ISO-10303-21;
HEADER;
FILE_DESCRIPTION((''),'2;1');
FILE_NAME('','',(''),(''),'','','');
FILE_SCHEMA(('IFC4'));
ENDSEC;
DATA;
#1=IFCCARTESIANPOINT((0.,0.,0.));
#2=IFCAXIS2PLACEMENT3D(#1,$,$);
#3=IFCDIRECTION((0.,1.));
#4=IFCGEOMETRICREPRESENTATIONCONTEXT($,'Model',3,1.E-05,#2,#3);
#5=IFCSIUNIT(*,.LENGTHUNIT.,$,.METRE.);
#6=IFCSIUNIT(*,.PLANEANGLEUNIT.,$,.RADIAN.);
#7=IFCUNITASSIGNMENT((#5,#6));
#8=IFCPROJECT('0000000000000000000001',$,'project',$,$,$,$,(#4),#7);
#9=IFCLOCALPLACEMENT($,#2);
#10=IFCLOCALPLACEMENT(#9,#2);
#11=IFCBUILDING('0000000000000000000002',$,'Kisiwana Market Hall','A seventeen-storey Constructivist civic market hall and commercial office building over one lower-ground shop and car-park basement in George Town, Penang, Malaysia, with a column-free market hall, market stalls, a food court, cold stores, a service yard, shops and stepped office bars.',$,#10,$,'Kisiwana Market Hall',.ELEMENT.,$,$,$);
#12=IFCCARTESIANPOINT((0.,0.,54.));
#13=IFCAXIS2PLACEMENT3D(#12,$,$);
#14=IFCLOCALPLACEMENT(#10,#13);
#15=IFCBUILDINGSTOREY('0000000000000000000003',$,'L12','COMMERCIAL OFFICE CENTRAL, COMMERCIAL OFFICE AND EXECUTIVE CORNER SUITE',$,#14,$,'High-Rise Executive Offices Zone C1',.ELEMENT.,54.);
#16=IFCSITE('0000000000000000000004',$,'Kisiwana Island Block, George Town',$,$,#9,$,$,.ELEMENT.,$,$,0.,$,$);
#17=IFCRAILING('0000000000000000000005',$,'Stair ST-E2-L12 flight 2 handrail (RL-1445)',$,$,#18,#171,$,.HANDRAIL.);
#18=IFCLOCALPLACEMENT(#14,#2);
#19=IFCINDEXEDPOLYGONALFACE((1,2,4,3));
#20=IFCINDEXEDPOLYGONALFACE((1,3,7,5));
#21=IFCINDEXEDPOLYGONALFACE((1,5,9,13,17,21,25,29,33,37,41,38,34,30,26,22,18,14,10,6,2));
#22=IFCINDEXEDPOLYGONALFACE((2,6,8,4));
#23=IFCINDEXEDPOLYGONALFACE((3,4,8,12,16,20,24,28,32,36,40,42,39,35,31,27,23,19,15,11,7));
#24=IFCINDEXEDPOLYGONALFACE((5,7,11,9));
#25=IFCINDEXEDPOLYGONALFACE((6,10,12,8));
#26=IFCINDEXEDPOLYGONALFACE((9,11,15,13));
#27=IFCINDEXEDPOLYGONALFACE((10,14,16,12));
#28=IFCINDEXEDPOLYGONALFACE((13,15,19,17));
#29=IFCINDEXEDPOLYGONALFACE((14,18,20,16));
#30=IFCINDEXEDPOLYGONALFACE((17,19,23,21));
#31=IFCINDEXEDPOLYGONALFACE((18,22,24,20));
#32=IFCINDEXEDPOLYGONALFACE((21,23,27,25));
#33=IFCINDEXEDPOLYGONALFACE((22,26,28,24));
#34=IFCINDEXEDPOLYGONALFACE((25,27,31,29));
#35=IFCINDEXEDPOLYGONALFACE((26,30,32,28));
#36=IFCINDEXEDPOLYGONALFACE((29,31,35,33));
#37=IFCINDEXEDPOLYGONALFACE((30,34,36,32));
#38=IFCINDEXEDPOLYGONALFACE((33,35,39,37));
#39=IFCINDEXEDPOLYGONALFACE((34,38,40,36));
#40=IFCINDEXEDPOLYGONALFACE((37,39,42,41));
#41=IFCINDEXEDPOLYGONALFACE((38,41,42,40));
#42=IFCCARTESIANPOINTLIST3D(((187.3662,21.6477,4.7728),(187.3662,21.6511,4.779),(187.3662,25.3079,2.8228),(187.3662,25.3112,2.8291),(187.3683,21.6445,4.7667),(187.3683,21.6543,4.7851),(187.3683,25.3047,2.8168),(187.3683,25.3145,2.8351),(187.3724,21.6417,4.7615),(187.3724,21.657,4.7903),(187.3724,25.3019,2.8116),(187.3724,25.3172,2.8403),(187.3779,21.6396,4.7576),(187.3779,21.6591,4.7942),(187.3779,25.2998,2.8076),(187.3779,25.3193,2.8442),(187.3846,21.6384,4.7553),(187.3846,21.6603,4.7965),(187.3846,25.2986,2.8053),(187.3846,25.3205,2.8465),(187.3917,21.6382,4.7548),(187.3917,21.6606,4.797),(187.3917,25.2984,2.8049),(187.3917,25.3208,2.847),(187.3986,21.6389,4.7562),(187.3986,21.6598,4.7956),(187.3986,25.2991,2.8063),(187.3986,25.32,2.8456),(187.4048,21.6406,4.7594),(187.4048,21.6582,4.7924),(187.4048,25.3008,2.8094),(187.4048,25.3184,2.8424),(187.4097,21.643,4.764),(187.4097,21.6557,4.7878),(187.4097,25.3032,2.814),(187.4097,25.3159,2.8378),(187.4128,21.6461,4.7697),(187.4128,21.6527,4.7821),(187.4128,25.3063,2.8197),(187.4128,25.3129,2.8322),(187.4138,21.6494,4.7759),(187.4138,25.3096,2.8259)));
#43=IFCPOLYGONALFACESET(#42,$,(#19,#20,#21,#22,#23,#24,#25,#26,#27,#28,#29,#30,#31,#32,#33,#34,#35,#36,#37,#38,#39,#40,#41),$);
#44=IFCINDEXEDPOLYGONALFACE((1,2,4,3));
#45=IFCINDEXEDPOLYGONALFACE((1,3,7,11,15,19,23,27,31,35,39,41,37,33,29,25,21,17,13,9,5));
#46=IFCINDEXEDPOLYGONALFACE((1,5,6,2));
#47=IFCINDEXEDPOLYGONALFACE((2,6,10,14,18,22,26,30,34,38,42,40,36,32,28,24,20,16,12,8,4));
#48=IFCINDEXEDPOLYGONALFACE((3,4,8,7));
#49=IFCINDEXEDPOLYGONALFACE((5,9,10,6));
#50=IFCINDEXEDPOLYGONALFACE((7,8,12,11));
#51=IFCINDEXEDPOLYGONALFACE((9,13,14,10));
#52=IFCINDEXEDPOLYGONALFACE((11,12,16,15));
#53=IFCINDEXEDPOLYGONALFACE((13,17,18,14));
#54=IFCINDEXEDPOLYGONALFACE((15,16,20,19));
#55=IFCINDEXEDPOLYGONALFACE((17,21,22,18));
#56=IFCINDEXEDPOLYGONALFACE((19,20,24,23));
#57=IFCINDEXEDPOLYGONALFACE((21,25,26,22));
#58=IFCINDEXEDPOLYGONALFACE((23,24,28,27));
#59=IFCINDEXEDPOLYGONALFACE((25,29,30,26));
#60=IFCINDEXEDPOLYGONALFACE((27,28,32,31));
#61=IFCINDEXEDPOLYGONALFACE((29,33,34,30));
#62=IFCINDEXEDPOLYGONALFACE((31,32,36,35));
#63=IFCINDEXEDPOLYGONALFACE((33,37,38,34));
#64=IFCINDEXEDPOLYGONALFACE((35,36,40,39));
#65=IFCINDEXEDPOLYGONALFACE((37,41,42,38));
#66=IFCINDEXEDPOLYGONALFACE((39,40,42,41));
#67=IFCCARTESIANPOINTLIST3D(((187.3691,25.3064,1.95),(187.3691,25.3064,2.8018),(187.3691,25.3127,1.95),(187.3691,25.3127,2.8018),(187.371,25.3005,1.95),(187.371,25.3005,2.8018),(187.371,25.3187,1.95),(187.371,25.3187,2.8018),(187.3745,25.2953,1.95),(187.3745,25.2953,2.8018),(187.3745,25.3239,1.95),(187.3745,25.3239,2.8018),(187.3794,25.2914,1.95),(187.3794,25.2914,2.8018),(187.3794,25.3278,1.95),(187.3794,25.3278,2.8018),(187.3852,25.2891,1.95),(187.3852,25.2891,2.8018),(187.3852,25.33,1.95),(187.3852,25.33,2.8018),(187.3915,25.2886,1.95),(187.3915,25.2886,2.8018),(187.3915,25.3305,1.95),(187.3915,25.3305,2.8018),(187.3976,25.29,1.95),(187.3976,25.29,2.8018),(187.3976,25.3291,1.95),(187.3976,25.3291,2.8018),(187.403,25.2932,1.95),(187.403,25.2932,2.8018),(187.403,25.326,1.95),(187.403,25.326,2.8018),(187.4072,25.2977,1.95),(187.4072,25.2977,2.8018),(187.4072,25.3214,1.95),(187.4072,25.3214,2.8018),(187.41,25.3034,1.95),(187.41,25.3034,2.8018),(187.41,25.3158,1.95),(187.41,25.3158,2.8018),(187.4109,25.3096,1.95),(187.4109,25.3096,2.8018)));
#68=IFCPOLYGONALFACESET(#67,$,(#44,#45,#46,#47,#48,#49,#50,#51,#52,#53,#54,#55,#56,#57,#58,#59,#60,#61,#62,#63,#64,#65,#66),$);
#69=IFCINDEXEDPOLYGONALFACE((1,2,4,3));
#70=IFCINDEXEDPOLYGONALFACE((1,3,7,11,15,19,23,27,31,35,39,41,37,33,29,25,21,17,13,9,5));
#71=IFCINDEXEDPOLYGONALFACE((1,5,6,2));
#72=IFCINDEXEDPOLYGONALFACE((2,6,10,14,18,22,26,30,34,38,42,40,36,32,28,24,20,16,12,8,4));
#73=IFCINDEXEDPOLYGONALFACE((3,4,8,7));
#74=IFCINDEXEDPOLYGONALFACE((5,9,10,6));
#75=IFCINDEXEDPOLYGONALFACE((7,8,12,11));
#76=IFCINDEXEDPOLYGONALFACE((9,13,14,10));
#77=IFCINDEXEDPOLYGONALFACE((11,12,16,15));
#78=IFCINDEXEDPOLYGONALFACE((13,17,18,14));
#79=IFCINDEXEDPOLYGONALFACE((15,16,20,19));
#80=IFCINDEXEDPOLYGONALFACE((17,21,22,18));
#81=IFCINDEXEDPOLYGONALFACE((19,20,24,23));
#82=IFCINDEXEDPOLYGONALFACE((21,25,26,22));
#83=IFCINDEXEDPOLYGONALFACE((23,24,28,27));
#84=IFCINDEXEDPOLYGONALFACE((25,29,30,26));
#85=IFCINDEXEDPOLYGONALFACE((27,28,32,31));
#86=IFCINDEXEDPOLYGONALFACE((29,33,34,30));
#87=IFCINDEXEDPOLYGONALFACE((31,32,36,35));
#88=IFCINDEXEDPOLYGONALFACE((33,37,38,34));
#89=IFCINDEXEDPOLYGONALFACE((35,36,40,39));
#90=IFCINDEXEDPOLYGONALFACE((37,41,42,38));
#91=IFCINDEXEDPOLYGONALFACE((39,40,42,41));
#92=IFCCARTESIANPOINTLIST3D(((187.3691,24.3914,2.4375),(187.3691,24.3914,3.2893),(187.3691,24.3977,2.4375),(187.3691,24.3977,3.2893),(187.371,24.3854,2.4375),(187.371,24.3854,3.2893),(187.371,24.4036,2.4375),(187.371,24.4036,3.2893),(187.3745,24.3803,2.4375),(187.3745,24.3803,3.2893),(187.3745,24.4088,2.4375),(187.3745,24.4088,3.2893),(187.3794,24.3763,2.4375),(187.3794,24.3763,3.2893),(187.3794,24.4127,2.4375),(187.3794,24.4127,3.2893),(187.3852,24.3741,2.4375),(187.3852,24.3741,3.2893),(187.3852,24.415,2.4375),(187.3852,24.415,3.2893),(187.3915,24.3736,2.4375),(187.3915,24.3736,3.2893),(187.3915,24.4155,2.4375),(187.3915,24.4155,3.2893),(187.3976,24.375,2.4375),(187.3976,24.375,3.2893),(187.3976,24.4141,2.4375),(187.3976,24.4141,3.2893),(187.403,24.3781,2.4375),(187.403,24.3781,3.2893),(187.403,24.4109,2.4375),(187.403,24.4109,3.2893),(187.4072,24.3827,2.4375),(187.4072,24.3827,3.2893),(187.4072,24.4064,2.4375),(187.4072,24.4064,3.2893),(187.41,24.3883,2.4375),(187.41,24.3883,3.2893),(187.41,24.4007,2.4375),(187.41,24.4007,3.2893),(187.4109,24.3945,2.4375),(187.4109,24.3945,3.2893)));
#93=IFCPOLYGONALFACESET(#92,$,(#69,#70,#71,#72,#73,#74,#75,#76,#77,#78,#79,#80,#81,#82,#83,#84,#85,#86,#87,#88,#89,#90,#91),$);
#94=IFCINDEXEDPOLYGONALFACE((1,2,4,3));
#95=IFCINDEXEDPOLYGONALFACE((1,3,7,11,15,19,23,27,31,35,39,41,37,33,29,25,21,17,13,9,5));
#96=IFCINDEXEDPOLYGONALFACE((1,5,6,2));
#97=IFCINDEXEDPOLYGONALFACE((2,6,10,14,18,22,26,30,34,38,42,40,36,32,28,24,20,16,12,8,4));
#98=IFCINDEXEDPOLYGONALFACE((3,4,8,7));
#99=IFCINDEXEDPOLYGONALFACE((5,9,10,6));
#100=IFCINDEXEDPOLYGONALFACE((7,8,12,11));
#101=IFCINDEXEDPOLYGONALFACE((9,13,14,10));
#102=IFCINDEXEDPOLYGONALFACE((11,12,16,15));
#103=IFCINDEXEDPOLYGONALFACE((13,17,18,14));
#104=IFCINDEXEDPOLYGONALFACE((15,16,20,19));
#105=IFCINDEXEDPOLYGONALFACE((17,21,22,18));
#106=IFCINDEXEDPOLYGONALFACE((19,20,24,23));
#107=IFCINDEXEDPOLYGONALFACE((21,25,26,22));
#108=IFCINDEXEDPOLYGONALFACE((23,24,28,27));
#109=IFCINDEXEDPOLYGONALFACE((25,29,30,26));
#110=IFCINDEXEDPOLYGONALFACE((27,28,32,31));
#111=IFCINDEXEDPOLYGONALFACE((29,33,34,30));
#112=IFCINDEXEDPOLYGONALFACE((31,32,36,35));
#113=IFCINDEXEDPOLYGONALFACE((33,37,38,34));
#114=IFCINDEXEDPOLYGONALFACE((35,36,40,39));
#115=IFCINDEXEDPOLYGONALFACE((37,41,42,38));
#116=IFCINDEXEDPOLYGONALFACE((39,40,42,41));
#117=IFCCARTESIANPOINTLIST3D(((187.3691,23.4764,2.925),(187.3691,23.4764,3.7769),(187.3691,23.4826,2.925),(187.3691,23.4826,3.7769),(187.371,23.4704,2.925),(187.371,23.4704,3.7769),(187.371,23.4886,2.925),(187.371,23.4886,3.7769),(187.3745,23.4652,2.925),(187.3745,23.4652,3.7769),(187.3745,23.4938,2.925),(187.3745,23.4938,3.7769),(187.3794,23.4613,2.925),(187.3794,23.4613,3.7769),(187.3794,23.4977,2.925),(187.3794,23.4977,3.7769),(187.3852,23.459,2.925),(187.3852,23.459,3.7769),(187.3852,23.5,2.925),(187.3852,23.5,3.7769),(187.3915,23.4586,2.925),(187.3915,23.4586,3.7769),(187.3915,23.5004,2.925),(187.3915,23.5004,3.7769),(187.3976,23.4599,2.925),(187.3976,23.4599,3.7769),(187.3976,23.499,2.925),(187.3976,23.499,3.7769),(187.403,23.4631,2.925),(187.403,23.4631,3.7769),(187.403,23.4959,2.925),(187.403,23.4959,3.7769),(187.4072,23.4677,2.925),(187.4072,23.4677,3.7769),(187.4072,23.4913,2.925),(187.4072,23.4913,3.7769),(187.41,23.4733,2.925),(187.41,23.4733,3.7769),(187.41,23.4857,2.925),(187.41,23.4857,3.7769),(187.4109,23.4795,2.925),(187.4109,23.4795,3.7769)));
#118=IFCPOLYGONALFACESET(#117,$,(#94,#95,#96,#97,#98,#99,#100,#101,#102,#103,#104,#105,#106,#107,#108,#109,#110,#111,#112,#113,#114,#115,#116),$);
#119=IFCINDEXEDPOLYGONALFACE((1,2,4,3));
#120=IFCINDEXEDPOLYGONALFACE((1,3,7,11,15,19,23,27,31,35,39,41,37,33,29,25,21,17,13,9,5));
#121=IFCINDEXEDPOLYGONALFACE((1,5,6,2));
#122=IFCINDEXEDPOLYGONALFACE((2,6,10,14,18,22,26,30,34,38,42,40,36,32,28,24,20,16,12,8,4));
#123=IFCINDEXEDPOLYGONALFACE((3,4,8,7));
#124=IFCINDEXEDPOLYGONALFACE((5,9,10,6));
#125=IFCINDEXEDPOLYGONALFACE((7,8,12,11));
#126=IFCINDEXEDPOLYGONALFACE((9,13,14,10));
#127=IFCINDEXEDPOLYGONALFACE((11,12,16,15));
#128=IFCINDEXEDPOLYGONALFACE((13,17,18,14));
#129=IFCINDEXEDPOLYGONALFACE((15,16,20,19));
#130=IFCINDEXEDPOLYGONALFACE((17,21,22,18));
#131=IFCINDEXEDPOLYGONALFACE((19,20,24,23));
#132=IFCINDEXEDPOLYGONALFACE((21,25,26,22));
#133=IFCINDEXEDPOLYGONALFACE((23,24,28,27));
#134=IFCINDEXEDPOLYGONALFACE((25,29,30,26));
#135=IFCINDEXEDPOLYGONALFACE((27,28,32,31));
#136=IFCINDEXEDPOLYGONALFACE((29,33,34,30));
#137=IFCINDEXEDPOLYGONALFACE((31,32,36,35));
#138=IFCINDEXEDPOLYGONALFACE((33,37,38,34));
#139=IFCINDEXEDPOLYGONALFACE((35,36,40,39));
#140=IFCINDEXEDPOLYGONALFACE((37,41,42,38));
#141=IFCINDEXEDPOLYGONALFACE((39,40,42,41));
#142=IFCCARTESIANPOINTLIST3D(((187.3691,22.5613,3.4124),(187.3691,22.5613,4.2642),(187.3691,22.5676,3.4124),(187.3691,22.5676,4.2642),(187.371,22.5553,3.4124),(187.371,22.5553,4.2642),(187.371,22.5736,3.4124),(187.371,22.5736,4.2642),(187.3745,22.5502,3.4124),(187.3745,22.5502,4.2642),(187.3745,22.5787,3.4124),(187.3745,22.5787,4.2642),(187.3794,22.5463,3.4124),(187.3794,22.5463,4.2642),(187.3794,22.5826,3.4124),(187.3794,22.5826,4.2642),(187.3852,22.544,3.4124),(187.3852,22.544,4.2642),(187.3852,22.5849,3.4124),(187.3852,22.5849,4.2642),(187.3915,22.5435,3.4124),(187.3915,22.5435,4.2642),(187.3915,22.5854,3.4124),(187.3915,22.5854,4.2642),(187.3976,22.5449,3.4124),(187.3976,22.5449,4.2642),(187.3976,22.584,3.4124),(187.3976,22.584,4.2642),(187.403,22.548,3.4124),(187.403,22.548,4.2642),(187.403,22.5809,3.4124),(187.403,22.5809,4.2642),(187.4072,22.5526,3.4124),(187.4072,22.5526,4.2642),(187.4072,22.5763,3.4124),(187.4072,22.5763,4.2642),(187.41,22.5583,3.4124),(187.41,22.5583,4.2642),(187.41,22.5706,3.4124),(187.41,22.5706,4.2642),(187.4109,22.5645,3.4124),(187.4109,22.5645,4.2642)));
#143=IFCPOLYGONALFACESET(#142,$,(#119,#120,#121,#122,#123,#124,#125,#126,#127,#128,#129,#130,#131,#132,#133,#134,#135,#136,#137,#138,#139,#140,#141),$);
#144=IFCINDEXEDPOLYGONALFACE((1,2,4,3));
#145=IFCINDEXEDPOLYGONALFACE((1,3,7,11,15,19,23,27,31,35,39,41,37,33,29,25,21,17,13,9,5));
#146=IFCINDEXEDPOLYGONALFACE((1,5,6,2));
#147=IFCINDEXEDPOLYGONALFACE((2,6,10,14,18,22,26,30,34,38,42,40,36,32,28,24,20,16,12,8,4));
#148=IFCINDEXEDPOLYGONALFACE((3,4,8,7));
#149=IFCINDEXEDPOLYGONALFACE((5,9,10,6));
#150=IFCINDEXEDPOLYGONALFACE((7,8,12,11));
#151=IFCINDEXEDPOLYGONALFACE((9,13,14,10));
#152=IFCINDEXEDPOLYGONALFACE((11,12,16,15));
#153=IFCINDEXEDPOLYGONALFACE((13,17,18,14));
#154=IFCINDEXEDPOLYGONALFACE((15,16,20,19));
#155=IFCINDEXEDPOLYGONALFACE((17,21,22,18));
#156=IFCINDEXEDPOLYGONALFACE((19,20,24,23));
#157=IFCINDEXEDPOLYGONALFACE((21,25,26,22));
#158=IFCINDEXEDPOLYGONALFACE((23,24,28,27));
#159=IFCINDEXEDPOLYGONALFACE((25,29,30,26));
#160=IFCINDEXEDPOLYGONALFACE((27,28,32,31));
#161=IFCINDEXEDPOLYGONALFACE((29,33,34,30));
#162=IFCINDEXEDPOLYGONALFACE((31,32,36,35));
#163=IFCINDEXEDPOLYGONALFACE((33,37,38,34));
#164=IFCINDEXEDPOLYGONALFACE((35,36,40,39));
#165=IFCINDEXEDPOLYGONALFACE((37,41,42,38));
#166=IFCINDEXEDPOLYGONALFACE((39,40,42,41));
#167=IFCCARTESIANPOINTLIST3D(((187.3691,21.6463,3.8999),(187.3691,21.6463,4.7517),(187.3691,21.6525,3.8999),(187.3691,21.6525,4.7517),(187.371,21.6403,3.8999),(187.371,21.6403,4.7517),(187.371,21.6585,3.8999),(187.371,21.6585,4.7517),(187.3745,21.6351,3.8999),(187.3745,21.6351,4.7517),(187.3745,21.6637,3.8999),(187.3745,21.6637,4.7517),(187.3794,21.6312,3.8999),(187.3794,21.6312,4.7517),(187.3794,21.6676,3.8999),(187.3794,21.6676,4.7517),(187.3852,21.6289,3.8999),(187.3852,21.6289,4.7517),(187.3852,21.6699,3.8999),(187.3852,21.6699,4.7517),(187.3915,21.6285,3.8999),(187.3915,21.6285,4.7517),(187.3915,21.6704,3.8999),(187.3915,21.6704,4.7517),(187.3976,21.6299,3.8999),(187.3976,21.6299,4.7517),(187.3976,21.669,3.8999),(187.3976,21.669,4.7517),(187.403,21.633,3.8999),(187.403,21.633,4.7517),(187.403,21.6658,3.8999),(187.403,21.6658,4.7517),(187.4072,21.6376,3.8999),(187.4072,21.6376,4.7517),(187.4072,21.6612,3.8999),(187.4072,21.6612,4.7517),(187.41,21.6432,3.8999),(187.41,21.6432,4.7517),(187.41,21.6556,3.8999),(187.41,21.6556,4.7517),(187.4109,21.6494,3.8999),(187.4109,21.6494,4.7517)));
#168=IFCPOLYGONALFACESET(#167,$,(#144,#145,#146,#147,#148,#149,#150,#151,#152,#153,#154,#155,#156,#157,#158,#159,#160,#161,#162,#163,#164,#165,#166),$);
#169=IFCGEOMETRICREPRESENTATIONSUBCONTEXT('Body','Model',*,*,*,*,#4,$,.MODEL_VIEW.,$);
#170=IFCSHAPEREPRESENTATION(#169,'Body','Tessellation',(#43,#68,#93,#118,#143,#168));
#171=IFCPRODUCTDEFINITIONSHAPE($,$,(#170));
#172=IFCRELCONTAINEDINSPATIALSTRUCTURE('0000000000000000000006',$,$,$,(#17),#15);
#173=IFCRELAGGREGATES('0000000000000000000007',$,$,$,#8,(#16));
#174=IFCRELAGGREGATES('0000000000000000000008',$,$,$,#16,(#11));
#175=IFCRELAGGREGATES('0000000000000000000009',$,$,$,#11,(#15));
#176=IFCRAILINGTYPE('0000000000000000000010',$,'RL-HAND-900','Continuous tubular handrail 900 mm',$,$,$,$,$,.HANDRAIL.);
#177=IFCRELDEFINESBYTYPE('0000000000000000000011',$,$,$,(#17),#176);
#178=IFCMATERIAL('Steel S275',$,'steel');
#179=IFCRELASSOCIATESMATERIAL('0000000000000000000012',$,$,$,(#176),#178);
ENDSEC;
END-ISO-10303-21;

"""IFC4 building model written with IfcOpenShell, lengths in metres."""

from ifc_helpers import new_model, si_unit, direction, frame, origin, origin_2d, place, context, subcontext, project, spatial, circle, extrude, material, type_object, element, save


model = new_model("IFC4")

# Units and contexts
model_context = context("Model", 3, precision=1e-05, world=origin(), true_north=direction((0.0, 1.0)))
body_context = subcontext(model_context, "Body", "Model", "MODEL_VIEW")
ifc_project = project(units=[si_unit("LENGTHUNIT", "METRE"), si_unit("PLANEANGLEUNIT", "RADIAN")], contexts=[model_context])

# Site, building, storey
site_placement = place(None, origin())
site = spatial("IfcSite", under=ifc_project, at=site_placement, Name="Kisiwana Island Block, George Town", CompositionType="ELEMENT", RefElevation=0.0)
building_placement = place(site_placement, origin())
building = spatial("IfcBuilding", under=site, at=building_placement, Name="Kisiwana Market Hall", Description="A seventeen-storey Constructivist civic market hall and commercial office building over one lower-ground shop and car-park basement in George Town, Penang, Malaysia, with a column-free market hall, market stalls, a food court, cold stores, a service yard, shops and stepped office bars.", LongName="Kisiwana Market Hall", CompositionType="ELEMENT")
storey_placement = place(building_placement, frame((0.0, 0.0, 54.0)))
storey = spatial("IfcBuildingStorey", under=building, at=storey_placement, Name="L12", Description="COMMERCIAL OFFICE CENTRAL, COMMERCIAL OFFICE AND EXECUTIVE CORNER SUITE", LongName="High-Rise Executive Offices Zone C1", CompositionType="ELEMENT", Elevation=54.0)

# Railing
ifc_material_1 = material(Name="Steel S275", Category="steel")
railing_type_1 = type_object("IfcRailingType", Name="RL-HAND-900", Description="Continuous tubular handrail 900 mm", PredefinedType="HANDRAIL", material=ifc_material_1)
railing_1_placement = place(storey_placement, frame((187.3899, 25.3096, 1.95)))
element("IfcRailing", 1, at=railing_1_placement, inside=storey, type_object=railing_type_1, Name="Stair ST-E2-L12 flight 2 handrail (RL-1445)", PredefinedType="HANDRAIL", context=body_context, shape_type="SweptSolid", body=[
    extrude(circle(Radius=0.0239, at=origin_2d()), frame((0.0, 0.0, 0.876), z_axis=(0.0, -0.882566, 0.470188), x_axis=(1.0, 0.0, 0.0)), (0.0, 0.0, 1.0), 4.1472),
    extrude(circle(Radius=0.021, at=origin_2d()), origin(), (0.0, 0.0, 1.0), 0.8518),
    extrude(circle(Radius=0.021, at=origin_2d()), frame((0.0, -0.915, 0.4875)), (0.0, 0.0, 1.0), 0.8518),
    extrude(circle(Radius=0.021, at=origin_2d()), frame((0.0, -1.8301, 0.9751)), (0.0, 0.0, 1.0), 0.8518),
    extrude(circle(Radius=0.021, at=origin_2d()), frame((0.0, -2.7451, 1.4624)), (0.0, 0.0, 1.0), 0.8518),
    extrude(circle(Radius=0.021, at=origin_2d()), frame((0.0, -3.6602, 1.95)), (0.0, 0.0, 1.0), 0.8518),
])

save(model, "model.ifc")
